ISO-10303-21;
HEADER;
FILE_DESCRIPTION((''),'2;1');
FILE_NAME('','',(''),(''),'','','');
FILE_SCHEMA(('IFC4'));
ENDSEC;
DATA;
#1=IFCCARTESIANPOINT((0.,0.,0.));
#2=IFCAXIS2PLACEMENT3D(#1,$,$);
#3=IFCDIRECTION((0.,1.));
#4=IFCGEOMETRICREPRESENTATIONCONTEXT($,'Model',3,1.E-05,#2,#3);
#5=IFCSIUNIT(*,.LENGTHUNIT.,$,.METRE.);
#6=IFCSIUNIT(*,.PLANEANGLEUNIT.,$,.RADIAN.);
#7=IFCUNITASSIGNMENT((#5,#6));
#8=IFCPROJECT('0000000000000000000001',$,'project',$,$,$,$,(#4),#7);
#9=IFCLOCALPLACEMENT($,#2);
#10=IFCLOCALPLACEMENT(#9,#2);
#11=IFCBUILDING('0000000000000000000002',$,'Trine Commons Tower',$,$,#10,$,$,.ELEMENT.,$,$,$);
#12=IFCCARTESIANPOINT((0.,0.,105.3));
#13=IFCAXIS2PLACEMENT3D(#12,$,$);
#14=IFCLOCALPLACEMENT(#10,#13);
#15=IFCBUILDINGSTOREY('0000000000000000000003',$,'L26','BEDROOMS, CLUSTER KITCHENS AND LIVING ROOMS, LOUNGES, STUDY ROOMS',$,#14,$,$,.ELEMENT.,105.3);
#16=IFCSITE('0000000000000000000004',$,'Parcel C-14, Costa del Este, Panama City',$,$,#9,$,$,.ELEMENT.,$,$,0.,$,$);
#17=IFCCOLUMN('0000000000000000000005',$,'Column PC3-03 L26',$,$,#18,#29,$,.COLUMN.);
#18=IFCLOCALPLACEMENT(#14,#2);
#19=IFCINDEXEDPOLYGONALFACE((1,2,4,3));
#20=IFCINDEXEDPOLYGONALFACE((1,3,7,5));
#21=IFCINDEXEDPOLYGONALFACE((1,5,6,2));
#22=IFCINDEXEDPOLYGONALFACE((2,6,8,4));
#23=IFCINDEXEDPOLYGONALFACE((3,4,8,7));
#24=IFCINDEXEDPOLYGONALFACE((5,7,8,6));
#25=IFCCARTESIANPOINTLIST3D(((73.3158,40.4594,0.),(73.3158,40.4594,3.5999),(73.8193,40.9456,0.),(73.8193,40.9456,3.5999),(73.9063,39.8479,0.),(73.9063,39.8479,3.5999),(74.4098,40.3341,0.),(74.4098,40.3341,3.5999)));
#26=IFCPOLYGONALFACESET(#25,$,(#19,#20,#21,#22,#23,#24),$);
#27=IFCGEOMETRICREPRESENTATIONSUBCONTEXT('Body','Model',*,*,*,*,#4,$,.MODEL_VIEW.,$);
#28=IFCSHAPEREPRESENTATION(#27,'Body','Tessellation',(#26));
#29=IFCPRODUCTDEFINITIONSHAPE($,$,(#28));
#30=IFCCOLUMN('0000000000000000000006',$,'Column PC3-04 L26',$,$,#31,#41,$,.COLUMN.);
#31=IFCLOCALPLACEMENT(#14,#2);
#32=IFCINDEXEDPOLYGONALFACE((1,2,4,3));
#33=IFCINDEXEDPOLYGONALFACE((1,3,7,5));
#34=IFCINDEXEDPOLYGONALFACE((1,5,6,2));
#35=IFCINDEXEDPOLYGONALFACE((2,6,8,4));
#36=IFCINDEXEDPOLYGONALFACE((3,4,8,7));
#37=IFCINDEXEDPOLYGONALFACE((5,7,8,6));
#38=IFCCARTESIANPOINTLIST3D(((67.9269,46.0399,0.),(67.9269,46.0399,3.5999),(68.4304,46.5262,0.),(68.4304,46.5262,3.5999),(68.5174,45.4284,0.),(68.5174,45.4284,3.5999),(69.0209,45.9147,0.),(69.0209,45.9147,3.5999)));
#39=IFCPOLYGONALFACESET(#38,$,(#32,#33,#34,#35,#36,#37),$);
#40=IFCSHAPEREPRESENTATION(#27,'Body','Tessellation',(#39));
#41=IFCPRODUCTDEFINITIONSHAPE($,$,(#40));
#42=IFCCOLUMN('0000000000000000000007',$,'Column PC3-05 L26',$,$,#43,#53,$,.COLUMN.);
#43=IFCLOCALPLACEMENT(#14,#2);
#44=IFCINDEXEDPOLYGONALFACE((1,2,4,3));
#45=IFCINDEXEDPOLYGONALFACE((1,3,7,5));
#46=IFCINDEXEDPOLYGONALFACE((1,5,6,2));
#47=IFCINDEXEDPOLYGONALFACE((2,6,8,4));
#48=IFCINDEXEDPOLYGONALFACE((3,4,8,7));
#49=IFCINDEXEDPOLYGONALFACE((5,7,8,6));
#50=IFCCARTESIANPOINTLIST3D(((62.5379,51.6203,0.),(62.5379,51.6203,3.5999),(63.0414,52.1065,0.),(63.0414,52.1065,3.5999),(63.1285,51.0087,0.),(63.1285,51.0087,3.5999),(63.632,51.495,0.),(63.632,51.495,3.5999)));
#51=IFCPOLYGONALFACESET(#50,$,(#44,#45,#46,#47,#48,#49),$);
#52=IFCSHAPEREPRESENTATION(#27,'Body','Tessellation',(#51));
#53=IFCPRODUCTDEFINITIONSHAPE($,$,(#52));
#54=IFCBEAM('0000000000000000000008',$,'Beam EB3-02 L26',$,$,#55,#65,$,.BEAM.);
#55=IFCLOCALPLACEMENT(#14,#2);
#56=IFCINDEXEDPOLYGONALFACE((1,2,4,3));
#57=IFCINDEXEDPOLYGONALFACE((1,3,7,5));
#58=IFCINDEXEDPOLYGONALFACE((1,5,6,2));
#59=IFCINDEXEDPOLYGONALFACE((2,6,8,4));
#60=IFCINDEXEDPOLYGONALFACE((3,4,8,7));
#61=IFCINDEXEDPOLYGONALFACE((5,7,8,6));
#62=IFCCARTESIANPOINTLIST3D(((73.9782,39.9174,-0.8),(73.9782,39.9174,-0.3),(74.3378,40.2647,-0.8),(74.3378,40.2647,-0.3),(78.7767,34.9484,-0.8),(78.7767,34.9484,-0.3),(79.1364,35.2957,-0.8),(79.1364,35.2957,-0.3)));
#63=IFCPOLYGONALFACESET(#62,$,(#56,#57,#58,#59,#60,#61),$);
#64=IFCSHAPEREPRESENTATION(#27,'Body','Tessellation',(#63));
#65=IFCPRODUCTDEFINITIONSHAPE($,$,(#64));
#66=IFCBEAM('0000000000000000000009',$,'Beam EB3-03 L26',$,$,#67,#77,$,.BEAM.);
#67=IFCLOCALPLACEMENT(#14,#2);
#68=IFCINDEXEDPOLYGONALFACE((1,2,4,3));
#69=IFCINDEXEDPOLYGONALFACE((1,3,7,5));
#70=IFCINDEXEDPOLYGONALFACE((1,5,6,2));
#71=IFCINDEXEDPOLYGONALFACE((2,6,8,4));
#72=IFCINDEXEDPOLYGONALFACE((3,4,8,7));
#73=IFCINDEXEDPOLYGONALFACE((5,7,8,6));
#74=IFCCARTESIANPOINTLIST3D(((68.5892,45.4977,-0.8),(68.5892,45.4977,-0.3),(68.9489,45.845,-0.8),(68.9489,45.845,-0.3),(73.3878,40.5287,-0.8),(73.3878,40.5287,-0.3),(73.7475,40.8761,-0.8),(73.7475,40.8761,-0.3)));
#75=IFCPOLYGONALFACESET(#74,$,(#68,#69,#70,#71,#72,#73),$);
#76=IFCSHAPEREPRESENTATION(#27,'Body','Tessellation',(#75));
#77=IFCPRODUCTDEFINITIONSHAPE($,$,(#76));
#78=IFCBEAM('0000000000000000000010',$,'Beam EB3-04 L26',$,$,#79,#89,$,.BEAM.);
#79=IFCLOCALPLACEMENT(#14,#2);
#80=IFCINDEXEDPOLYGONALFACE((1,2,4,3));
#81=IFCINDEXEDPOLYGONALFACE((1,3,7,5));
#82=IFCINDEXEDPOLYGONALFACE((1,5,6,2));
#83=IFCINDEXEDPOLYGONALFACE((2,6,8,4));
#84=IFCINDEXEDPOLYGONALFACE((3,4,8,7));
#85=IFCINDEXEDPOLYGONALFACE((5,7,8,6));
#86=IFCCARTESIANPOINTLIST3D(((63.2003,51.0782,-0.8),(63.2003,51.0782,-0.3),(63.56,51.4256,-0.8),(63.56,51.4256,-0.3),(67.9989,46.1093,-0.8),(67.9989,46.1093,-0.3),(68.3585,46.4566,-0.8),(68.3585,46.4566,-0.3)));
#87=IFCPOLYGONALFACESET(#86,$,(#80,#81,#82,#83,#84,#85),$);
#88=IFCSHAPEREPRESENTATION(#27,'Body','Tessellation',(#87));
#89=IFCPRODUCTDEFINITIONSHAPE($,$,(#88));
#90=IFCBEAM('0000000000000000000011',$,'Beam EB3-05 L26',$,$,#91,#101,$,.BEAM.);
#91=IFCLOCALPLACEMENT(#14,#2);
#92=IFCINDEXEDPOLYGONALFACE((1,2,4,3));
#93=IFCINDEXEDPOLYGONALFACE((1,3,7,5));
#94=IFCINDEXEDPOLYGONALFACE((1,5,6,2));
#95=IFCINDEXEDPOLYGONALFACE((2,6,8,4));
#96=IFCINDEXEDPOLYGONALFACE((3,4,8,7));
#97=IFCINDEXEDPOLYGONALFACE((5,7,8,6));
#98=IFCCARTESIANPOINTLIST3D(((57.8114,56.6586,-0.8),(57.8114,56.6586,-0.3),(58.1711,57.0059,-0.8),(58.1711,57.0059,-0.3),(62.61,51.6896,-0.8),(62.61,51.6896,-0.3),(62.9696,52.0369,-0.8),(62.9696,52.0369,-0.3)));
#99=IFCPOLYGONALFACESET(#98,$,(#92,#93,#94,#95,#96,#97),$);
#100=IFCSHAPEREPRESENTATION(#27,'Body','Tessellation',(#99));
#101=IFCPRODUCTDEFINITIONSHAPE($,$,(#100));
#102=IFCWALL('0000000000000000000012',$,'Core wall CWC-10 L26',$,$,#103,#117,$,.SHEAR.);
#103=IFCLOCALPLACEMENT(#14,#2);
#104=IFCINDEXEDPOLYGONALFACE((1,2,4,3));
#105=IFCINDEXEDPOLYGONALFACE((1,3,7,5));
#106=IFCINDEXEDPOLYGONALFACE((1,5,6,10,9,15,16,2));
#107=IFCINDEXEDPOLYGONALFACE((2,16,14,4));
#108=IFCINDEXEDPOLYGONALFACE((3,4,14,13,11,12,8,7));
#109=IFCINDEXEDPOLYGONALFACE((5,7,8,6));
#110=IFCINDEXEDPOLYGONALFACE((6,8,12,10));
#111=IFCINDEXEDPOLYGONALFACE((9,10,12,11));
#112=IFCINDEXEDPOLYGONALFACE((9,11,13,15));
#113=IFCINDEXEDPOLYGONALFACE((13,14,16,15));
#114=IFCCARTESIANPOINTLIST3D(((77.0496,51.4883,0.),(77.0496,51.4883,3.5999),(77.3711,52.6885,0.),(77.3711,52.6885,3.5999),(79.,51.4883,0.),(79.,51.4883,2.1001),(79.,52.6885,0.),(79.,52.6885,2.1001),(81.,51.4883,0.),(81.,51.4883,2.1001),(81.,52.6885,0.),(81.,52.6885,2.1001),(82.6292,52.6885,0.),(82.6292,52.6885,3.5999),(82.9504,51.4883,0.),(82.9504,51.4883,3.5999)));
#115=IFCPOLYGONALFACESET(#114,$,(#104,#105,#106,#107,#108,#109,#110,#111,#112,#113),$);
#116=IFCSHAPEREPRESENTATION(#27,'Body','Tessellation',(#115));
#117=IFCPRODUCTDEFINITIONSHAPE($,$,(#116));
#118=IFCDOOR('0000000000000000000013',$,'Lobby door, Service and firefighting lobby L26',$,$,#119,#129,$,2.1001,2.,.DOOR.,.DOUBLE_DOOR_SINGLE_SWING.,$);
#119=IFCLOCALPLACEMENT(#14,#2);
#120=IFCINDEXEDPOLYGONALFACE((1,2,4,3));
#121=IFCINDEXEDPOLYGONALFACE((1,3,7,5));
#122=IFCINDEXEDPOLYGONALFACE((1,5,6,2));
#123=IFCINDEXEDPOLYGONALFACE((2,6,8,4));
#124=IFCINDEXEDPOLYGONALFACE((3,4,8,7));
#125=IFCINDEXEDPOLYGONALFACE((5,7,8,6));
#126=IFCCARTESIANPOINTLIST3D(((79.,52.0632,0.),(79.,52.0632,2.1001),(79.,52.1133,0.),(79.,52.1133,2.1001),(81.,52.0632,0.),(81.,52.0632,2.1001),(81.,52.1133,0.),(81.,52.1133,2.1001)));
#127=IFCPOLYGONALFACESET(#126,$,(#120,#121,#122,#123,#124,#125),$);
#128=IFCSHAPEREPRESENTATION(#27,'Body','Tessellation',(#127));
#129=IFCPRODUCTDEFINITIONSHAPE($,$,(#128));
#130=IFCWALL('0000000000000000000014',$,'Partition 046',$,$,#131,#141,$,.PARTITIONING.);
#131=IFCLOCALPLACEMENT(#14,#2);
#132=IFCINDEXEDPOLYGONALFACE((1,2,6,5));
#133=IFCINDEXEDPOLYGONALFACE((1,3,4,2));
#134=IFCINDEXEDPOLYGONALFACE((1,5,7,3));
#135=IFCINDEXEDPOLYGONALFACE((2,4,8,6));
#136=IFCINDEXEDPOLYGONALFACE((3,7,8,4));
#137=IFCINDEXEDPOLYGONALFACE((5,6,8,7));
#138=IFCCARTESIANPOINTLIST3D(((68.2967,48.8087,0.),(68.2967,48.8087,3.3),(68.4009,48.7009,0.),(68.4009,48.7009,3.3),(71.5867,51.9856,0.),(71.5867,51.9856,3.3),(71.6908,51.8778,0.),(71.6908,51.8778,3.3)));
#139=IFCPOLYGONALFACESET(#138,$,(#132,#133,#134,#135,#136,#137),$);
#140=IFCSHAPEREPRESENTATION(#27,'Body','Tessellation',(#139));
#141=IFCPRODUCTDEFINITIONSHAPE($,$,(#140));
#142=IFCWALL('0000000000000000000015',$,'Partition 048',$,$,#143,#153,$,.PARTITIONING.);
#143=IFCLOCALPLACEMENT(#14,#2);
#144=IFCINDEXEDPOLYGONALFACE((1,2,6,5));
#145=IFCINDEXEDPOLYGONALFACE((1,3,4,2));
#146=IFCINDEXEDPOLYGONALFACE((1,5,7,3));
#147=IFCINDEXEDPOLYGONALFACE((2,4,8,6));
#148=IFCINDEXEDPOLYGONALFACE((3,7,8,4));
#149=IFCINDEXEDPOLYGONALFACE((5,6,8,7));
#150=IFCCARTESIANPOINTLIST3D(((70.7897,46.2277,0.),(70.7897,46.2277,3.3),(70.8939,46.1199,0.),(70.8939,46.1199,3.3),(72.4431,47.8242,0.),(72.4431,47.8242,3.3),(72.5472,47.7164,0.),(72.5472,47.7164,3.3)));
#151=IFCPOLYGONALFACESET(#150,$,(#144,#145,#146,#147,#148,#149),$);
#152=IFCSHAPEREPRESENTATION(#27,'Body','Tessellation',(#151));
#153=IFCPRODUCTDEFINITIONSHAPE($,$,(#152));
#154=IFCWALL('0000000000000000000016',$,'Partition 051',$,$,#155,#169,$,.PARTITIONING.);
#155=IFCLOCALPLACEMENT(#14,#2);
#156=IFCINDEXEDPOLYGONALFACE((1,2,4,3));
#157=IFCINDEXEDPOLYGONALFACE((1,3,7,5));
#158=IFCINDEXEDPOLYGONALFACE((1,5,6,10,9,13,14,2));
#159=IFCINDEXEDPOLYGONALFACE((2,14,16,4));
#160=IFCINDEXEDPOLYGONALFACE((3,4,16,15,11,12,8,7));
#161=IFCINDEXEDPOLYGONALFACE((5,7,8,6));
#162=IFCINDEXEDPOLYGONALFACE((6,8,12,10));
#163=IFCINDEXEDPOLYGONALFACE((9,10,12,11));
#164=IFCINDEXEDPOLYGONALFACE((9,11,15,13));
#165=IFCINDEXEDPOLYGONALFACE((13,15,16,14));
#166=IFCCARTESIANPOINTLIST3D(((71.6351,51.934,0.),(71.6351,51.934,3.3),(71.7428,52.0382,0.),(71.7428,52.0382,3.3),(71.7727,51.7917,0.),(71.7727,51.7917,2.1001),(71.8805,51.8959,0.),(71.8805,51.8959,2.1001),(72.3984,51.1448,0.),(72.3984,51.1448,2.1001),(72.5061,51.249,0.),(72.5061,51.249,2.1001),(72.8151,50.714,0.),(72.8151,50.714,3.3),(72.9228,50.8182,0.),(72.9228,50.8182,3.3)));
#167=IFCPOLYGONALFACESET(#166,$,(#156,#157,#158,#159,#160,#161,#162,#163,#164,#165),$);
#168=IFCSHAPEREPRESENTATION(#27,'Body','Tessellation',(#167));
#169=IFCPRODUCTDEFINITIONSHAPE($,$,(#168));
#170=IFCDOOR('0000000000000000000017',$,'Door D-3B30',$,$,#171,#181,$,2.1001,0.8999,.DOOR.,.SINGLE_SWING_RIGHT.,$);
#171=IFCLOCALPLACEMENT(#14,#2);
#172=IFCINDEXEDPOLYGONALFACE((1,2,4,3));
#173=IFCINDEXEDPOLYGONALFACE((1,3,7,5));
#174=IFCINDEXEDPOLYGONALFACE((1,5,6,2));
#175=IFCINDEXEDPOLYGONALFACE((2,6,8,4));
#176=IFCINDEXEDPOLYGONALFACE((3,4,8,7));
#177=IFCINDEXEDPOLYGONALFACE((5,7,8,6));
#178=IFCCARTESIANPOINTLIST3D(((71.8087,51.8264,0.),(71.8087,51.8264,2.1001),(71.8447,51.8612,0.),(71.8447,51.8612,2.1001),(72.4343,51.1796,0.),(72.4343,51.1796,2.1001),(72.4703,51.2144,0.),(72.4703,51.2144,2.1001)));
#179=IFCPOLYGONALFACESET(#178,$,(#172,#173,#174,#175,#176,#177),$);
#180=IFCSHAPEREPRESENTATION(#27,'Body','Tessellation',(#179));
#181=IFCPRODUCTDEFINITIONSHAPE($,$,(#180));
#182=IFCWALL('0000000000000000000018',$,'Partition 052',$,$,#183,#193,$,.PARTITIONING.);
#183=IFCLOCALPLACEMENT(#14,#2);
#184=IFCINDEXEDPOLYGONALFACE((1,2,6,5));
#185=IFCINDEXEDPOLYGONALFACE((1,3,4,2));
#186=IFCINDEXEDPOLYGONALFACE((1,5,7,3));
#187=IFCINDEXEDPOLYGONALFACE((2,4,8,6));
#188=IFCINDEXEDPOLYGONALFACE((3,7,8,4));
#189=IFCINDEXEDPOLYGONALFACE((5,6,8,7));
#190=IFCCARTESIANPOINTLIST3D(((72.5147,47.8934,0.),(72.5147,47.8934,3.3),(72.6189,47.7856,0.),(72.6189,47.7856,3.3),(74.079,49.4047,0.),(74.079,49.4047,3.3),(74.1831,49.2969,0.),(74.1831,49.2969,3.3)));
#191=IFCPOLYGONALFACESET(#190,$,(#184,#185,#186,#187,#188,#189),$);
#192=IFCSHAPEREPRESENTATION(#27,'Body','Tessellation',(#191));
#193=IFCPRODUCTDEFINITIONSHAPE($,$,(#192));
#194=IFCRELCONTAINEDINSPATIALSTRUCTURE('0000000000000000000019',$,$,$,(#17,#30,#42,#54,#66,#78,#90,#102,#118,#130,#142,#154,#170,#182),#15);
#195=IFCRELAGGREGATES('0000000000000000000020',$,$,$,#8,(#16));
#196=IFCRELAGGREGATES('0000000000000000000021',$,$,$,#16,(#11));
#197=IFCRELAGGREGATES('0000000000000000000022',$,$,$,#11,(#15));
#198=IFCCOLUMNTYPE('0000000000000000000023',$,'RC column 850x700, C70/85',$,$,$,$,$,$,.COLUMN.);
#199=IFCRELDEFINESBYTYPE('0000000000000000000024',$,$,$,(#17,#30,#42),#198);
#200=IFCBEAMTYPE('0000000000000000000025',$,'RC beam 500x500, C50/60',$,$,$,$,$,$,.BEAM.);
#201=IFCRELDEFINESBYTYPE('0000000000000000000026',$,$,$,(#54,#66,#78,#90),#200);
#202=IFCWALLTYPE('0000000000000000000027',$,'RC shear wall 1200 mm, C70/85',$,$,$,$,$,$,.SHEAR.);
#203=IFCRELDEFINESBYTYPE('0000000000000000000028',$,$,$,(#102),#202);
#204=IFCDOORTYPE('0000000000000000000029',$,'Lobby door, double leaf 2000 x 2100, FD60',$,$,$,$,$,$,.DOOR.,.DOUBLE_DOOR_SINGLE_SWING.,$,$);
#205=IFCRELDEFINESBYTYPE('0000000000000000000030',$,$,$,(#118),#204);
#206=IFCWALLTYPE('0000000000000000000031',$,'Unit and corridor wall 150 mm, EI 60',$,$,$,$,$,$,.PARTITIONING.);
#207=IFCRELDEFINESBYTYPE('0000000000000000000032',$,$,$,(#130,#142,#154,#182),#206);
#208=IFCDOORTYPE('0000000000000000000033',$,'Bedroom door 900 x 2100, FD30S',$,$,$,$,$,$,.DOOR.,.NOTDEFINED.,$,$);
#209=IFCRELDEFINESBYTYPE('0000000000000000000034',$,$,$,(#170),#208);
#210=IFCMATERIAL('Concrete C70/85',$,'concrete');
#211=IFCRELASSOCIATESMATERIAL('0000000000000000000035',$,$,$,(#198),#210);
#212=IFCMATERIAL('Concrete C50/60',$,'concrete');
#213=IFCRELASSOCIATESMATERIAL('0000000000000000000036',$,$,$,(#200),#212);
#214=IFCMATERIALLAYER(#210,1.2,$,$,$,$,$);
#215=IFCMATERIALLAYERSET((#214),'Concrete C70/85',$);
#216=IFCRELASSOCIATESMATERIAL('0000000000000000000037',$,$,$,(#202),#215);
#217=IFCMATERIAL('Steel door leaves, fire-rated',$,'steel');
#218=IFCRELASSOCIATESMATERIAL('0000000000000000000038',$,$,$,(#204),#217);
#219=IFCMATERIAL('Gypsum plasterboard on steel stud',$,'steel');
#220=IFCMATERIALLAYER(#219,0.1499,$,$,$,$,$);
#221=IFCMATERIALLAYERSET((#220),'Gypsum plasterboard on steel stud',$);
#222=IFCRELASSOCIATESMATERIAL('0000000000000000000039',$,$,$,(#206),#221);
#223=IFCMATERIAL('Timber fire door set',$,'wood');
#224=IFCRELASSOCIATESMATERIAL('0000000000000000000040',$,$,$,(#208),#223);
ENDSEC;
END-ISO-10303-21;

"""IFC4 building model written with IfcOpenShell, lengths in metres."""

from ifc_helpers import new_model, si_unit, direction, frame, frame_2d, origin, origin_2d, place, context, subcontext, project, spatial, polyline, rectangle, outline, extrude, material, layer, layer_set, material_profile, profile_set, type_object, element, fill, save


model = new_model("IFC4")

# Units and contexts
model_context = context("Model", 3, precision=1e-05, world=origin(), true_north=direction((0.0, 1.0)))
body_context = subcontext(model_context, "Body", "Model", "MODEL_VIEW")
ifc_project = project(units=[si_unit("LENGTHUNIT", "METRE"), si_unit("PLANEANGLEUNIT", "RADIAN")], contexts=[model_context])

# Site, building, storey
site_placement = place(None, origin())
site = spatial("IfcSite", under=ifc_project, at=site_placement, Name="Parcel C-14, Costa del Este, Panama City", CompositionType="ELEMENT", RefElevation=0.0)
building_placement = place(site_placement, origin())
building = spatial("IfcBuilding", under=site, at=building_placement, Name="Trine Commons Tower", CompositionType="ELEMENT")
storey_placement = place(building_placement, frame((0.0, 0.0, 105.3)))
storey = spatial("IfcBuildingStorey", under=building, at=storey_placement, Name="L26", Description="BEDROOMS, CLUSTER KITCHENS AND LIVING ROOMS, LOUNGES, STUDY ROOMS", CompositionType="ELEMENT", Elevation=105.3)

# Columns
ifc_material_1 = material(Name="Concrete C70/85", Category="concrete")
ifc_material_profile_1 = material_profile(ifc_material_1, rectangle(XDim=0.8501, YDim=0.7, at=origin_2d()), Name="RC 850x700")
ifc_profile_set_1 = profile_set([ifc_material_profile_1], Name="Concrete C70/85")
column_type = type_object("IfcColumnType", Name="RC column 850x700, C70/85", PredefinedType="COLUMN", material=ifc_profile_set_1)
for number, where, z_axis, x_axis, name in (
    (1, (73.8628, 40.3967, 0.0), (0.0, 0.0, 1.0), (-0.694658, 0.71934, 0.0), "Column PC3-03 L26"),
    (2, (68.4739, 45.9773, 0.0), (0.0, 0.0, 1.0), (-0.694658, 0.71934, 0.0), "Column PC3-04 L26"),
    (3, (63.085, 51.5576, 0.0), (0.0, 0.0, 1.0), (-0.694658, 0.71934, 0.0), "Column PC3-05 L26"),
):
    element("IfcColumn", number, at=place(storey_placement, frame(where, z_axis=z_axis, x_axis=x_axis)), inside=storey, type_object=column_type, Name=name, PredefinedType="COLUMN", context=body_context, shape_type="SweptSolid", body=[
        extrude(rectangle(XDim=0.8501, YDim=0.7, at=origin_2d()), origin(), (0.0, 0.0, 1.0), 3.5999),
    ])

# Beams
ifc_material_2 = material(Name="Concrete C50/60", Category="concrete")
ifc_material_profile_2 = material_profile(ifc_material_2, rectangle(XDim=0.5, YDim=0.5, at=origin_2d()), Name="RC 500x500")
ifc_profile_set_2 = profile_set([ifc_material_profile_2], Name="Concrete C50/60")
beam_type = type_object("IfcBeamType", Name="RC beam 500x500, C50/60", PredefinedType="BEAM", material=ifc_profile_set_2)
for number, where, z_axis, x_axis, name in (
    (4, (78.9565, 35.1221, -0.55), (-0.694665, 0.719334, 0.0), (-0.719334, -0.694665, 0.0), "Beam EB3-02 L26"),
    (5, (73.5676, 40.7024, -0.55), (-0.694665, 0.719334, 0.0), (-0.719334, -0.694665, 0.0), "Beam EB3-03 L26"),
    (6, (68.1787, 46.283, -0.55), (-0.694665, 0.719334, 0.0), (-0.719334, -0.694665, 0.0), "Beam EB3-04 L26"),
    (7, (62.7898, 51.8633, -0.55), (-0.694665, 0.719334, 0.0), (-0.719334, -0.694665, 0.0), "Beam EB3-05 L26"),
):
    element("IfcBeam", number, at=place(storey_placement, frame(where, z_axis=z_axis, x_axis=x_axis)), inside=storey, type_object=beam_type, Name=name, PredefinedType="BEAM", context=body_context, shape_type="SweptSolid", body=[
        extrude(rectangle(XDim=0.5, YDim=0.5, at=origin_2d()), origin(), (0.0, 0.0, 1.0), 6.9077),
    ])

# Wall, opening, door
ifc_layer_1 = layer(ifc_material_1, 1.2)
ifc_layer_set_1 = layer_set([ifc_layer_1], Name="Concrete C70/85")
wall_type_1 = type_object("IfcWallType", Name="RC shear wall 1200 mm, C70/85", PredefinedType="SHEAR", material=ifc_layer_set_1)
wall_1_placement = place(storey_placement, frame((77.0496, 52.0884, 0.0), z_axis=(0.0, 0.0, 1.0), x_axis=(1.0, 0.0, 0.0)))
wall_1 = element("IfcWall", 8, at=wall_1_placement, inside=storey, type_object=wall_type_1, Name="Core wall CWC-10 L26", PredefinedType="SHEAR", context=body_context, shape_type="SweptSolid", body=[
    extrude(outline(polyline([(0.0, -0.6001), (5.9009, -0.6001), (5.5796, 0.6001), (0.3215, 0.6001), (0.0, -0.6001)])), origin(), (0.0, 0.0, 1.0), 3.5999),
])
opening_1_placement = place(wall_1_placement, frame((1.9504, 0.0, 0.0)))
opening_1 = element("IfcOpeningElement", 9, at=opening_1_placement, cuts=wall_1, PredefinedType="OPENING", context=body_context, shape_type="SweptSolid", body=[
    extrude(rectangle(XDim=2.0, YDim=2.1001, at=frame_2d((1.0, 1.05))), frame((0.0, 0.6099, 0.0), z_axis=(0.0, -1.0, 0.0), x_axis=(1.0, 0.0, 0.0)), (0.0, 0.0, 1.0), 1.22),
])
ifc_material_3 = material(Name="Steel door leaves, fire-rated", Category="steel")
door_type_1 = type_object("IfcDoorType", Name="Lobby door, double leaf 2000 x 2100, FD60", OperationType="DOUBLE_DOOR_SINGLE_SWING", PredefinedType="DOOR", material=ifc_material_3)
door_1_placement = place(opening_1_placement, origin())
door_1 = element("IfcDoor", 10, at=door_1_placement, inside=storey, type_object=door_type_1, Name="Lobby door, Service and firefighting lobby L26", OperationType="DOUBLE_DOOR_SINGLE_SWING", OverallHeight=2.1001, OverallWidth=2.0, PredefinedType="DOOR", context=body_context, shape_type="SweptSolid", body=[
    extrude(rectangle(XDim=2.0, YDim=2.1001, at=frame_2d((1.0, 1.05))), frame((0.0, 0.0249, 0.0), z_axis=(0.0, -1.0, 0.0), x_axis=(1.0, 0.0, 0.0)), (0.0, 0.0, 1.0), 0.05),
])
fill(opening_1, door_1)

# Walls
ifc_material_4 = material(Name="Gypsum plasterboard on steel stud", Category="steel")
ifc_layer_2 = layer(ifc_material_4, 0.1499)
ifc_layer_set_2 = layer_set([ifc_layer_2], Name="Gypsum plasterboard on steel stud")
wall_type_2 = type_object("IfcWallType", Name="Unit and corridor wall 150 mm, EI 60", PredefinedType="PARTITIONING", material=ifc_layer_set_2)
wall_2_placement = place(storey_placement, frame((68.3489, 48.7549, 0.0), z_axis=(0.0, 0.0, 1.0), x_axis=(0.719356, 0.694641, 0.0)))
element("IfcWall", 11, at=wall_2_placement, inside=storey, type_object=wall_type_2, Name="Partition 046", PredefinedType="PARTITIONING", context=body_context, shape_type="SweptSolid", body=[
    extrude(rectangle(XDim=4.5735, YDim=0.1499, at=frame_2d((2.2866, 0.0))), origin(), (0.0, 0.0, 1.0), 3.3),
])
wall_3_placement = place(storey_placement, frame((70.8418, 46.1738, 0.0), z_axis=(0.0, 0.0, 1.0), x_axis=(0.719374, 0.694623, 0.0)))
element("IfcWall", 12, at=wall_3_placement, inside=storey, type_object=wall_type_2, Name="Partition 048", PredefinedType="PARTITIONING", context=body_context, shape_type="SweptSolid", body=[
    extrude(rectangle(XDim=2.2983, YDim=0.1499, at=frame_2d((1.1492, 0.0))), origin(), (0.0, 0.0, 1.0), 3.3),
])

# Wall, opening, door
wall_4_placement = place(storey_placement, frame((71.689, 51.9861, 0.0), z_axis=(0.0, 0.0, 1.0), x_axis=(0.695213, -0.718804, 0.0)))
wall_4 = element("IfcWall", 13, at=wall_4_placement, inside=storey, type_object=wall_type_2, Name="Partition 051", PredefinedType="PARTITIONING", context=body_context, shape_type="SweptSolid", body=[
    extrude(rectangle(XDim=1.6973, YDim=0.1499, at=frame_2d((0.8486, 0.0))), origin(), (0.0, 0.0, 1.0), 3.3),
])
opening_2_placement = place(wall_4_placement, frame((0.198, 0.0, 0.0)))
opening_2 = element("IfcOpeningElement", 14, at=opening_2_placement, cuts=wall_4, PredefinedType="OPENING", context=body_context, shape_type="SweptSolid", body=[
    extrude(rectangle(XDim=0.8999, YDim=2.1001, at=frame_2d((0.45, 1.05))), frame((0.0, 0.085, 0.0), z_axis=(0.0, -1.0, 0.0), x_axis=(1.0, 0.0, 0.0)), (0.0, 0.0, 1.0), 0.1699),
])
ifc_material_5 = material(Name="Timber fire door set", Category="wood")
door_type_2 = type_object("IfcDoorType", Name="Bedroom door 900 x 2100, FD30S", OperationType="NOTDEFINED", PredefinedType="DOOR", material=ifc_material_5)
door_2_placement = place(opening_2_placement, frame((0.8999, 0.0, 0.0), z_axis=(0.0, 0.0, 1.0), x_axis=(-1.0, 0.0, 0.0)))
door_2 = element("IfcDoor", 15, at=door_2_placement, inside=storey, type_object=door_type_2, Name="Door D-3B30", OperationType="SINGLE_SWING_RIGHT", OverallHeight=2.1001, OverallWidth=0.8999, PredefinedType="DOOR", context=body_context, shape_type="SweptSolid", body=[
    extrude(rectangle(XDim=0.8999, YDim=2.1001, at=frame_2d((0.45, 1.05))), frame((0.0, 0.0249, 0.0), z_axis=(0.0, -1.0, 0.0), x_axis=(1.0, 0.0, 0.0)), (0.0, 0.0, 1.0), 0.05),
])
fill(opening_2, door_2)

# Wall
wall_5_placement = place(storey_placement, frame((72.5669, 47.8396, 0.0), z_axis=(0.0, 0.0, 1.0), x_axis=(0.719181, 0.694823, 0.0)))
element("IfcWall", 16, at=wall_5_placement, inside=storey, type_object=wall_type_2, Name="Partition 052", PredefinedType="PARTITIONING", context=body_context, shape_type="SweptSolid", body=[
    extrude(rectangle(XDim=2.175, YDim=0.1499, at=frame_2d((1.0874, 0.0))), origin(), (0.0, 0.0, 1.0), 3.3),
])

save(model, "model.ifc")
